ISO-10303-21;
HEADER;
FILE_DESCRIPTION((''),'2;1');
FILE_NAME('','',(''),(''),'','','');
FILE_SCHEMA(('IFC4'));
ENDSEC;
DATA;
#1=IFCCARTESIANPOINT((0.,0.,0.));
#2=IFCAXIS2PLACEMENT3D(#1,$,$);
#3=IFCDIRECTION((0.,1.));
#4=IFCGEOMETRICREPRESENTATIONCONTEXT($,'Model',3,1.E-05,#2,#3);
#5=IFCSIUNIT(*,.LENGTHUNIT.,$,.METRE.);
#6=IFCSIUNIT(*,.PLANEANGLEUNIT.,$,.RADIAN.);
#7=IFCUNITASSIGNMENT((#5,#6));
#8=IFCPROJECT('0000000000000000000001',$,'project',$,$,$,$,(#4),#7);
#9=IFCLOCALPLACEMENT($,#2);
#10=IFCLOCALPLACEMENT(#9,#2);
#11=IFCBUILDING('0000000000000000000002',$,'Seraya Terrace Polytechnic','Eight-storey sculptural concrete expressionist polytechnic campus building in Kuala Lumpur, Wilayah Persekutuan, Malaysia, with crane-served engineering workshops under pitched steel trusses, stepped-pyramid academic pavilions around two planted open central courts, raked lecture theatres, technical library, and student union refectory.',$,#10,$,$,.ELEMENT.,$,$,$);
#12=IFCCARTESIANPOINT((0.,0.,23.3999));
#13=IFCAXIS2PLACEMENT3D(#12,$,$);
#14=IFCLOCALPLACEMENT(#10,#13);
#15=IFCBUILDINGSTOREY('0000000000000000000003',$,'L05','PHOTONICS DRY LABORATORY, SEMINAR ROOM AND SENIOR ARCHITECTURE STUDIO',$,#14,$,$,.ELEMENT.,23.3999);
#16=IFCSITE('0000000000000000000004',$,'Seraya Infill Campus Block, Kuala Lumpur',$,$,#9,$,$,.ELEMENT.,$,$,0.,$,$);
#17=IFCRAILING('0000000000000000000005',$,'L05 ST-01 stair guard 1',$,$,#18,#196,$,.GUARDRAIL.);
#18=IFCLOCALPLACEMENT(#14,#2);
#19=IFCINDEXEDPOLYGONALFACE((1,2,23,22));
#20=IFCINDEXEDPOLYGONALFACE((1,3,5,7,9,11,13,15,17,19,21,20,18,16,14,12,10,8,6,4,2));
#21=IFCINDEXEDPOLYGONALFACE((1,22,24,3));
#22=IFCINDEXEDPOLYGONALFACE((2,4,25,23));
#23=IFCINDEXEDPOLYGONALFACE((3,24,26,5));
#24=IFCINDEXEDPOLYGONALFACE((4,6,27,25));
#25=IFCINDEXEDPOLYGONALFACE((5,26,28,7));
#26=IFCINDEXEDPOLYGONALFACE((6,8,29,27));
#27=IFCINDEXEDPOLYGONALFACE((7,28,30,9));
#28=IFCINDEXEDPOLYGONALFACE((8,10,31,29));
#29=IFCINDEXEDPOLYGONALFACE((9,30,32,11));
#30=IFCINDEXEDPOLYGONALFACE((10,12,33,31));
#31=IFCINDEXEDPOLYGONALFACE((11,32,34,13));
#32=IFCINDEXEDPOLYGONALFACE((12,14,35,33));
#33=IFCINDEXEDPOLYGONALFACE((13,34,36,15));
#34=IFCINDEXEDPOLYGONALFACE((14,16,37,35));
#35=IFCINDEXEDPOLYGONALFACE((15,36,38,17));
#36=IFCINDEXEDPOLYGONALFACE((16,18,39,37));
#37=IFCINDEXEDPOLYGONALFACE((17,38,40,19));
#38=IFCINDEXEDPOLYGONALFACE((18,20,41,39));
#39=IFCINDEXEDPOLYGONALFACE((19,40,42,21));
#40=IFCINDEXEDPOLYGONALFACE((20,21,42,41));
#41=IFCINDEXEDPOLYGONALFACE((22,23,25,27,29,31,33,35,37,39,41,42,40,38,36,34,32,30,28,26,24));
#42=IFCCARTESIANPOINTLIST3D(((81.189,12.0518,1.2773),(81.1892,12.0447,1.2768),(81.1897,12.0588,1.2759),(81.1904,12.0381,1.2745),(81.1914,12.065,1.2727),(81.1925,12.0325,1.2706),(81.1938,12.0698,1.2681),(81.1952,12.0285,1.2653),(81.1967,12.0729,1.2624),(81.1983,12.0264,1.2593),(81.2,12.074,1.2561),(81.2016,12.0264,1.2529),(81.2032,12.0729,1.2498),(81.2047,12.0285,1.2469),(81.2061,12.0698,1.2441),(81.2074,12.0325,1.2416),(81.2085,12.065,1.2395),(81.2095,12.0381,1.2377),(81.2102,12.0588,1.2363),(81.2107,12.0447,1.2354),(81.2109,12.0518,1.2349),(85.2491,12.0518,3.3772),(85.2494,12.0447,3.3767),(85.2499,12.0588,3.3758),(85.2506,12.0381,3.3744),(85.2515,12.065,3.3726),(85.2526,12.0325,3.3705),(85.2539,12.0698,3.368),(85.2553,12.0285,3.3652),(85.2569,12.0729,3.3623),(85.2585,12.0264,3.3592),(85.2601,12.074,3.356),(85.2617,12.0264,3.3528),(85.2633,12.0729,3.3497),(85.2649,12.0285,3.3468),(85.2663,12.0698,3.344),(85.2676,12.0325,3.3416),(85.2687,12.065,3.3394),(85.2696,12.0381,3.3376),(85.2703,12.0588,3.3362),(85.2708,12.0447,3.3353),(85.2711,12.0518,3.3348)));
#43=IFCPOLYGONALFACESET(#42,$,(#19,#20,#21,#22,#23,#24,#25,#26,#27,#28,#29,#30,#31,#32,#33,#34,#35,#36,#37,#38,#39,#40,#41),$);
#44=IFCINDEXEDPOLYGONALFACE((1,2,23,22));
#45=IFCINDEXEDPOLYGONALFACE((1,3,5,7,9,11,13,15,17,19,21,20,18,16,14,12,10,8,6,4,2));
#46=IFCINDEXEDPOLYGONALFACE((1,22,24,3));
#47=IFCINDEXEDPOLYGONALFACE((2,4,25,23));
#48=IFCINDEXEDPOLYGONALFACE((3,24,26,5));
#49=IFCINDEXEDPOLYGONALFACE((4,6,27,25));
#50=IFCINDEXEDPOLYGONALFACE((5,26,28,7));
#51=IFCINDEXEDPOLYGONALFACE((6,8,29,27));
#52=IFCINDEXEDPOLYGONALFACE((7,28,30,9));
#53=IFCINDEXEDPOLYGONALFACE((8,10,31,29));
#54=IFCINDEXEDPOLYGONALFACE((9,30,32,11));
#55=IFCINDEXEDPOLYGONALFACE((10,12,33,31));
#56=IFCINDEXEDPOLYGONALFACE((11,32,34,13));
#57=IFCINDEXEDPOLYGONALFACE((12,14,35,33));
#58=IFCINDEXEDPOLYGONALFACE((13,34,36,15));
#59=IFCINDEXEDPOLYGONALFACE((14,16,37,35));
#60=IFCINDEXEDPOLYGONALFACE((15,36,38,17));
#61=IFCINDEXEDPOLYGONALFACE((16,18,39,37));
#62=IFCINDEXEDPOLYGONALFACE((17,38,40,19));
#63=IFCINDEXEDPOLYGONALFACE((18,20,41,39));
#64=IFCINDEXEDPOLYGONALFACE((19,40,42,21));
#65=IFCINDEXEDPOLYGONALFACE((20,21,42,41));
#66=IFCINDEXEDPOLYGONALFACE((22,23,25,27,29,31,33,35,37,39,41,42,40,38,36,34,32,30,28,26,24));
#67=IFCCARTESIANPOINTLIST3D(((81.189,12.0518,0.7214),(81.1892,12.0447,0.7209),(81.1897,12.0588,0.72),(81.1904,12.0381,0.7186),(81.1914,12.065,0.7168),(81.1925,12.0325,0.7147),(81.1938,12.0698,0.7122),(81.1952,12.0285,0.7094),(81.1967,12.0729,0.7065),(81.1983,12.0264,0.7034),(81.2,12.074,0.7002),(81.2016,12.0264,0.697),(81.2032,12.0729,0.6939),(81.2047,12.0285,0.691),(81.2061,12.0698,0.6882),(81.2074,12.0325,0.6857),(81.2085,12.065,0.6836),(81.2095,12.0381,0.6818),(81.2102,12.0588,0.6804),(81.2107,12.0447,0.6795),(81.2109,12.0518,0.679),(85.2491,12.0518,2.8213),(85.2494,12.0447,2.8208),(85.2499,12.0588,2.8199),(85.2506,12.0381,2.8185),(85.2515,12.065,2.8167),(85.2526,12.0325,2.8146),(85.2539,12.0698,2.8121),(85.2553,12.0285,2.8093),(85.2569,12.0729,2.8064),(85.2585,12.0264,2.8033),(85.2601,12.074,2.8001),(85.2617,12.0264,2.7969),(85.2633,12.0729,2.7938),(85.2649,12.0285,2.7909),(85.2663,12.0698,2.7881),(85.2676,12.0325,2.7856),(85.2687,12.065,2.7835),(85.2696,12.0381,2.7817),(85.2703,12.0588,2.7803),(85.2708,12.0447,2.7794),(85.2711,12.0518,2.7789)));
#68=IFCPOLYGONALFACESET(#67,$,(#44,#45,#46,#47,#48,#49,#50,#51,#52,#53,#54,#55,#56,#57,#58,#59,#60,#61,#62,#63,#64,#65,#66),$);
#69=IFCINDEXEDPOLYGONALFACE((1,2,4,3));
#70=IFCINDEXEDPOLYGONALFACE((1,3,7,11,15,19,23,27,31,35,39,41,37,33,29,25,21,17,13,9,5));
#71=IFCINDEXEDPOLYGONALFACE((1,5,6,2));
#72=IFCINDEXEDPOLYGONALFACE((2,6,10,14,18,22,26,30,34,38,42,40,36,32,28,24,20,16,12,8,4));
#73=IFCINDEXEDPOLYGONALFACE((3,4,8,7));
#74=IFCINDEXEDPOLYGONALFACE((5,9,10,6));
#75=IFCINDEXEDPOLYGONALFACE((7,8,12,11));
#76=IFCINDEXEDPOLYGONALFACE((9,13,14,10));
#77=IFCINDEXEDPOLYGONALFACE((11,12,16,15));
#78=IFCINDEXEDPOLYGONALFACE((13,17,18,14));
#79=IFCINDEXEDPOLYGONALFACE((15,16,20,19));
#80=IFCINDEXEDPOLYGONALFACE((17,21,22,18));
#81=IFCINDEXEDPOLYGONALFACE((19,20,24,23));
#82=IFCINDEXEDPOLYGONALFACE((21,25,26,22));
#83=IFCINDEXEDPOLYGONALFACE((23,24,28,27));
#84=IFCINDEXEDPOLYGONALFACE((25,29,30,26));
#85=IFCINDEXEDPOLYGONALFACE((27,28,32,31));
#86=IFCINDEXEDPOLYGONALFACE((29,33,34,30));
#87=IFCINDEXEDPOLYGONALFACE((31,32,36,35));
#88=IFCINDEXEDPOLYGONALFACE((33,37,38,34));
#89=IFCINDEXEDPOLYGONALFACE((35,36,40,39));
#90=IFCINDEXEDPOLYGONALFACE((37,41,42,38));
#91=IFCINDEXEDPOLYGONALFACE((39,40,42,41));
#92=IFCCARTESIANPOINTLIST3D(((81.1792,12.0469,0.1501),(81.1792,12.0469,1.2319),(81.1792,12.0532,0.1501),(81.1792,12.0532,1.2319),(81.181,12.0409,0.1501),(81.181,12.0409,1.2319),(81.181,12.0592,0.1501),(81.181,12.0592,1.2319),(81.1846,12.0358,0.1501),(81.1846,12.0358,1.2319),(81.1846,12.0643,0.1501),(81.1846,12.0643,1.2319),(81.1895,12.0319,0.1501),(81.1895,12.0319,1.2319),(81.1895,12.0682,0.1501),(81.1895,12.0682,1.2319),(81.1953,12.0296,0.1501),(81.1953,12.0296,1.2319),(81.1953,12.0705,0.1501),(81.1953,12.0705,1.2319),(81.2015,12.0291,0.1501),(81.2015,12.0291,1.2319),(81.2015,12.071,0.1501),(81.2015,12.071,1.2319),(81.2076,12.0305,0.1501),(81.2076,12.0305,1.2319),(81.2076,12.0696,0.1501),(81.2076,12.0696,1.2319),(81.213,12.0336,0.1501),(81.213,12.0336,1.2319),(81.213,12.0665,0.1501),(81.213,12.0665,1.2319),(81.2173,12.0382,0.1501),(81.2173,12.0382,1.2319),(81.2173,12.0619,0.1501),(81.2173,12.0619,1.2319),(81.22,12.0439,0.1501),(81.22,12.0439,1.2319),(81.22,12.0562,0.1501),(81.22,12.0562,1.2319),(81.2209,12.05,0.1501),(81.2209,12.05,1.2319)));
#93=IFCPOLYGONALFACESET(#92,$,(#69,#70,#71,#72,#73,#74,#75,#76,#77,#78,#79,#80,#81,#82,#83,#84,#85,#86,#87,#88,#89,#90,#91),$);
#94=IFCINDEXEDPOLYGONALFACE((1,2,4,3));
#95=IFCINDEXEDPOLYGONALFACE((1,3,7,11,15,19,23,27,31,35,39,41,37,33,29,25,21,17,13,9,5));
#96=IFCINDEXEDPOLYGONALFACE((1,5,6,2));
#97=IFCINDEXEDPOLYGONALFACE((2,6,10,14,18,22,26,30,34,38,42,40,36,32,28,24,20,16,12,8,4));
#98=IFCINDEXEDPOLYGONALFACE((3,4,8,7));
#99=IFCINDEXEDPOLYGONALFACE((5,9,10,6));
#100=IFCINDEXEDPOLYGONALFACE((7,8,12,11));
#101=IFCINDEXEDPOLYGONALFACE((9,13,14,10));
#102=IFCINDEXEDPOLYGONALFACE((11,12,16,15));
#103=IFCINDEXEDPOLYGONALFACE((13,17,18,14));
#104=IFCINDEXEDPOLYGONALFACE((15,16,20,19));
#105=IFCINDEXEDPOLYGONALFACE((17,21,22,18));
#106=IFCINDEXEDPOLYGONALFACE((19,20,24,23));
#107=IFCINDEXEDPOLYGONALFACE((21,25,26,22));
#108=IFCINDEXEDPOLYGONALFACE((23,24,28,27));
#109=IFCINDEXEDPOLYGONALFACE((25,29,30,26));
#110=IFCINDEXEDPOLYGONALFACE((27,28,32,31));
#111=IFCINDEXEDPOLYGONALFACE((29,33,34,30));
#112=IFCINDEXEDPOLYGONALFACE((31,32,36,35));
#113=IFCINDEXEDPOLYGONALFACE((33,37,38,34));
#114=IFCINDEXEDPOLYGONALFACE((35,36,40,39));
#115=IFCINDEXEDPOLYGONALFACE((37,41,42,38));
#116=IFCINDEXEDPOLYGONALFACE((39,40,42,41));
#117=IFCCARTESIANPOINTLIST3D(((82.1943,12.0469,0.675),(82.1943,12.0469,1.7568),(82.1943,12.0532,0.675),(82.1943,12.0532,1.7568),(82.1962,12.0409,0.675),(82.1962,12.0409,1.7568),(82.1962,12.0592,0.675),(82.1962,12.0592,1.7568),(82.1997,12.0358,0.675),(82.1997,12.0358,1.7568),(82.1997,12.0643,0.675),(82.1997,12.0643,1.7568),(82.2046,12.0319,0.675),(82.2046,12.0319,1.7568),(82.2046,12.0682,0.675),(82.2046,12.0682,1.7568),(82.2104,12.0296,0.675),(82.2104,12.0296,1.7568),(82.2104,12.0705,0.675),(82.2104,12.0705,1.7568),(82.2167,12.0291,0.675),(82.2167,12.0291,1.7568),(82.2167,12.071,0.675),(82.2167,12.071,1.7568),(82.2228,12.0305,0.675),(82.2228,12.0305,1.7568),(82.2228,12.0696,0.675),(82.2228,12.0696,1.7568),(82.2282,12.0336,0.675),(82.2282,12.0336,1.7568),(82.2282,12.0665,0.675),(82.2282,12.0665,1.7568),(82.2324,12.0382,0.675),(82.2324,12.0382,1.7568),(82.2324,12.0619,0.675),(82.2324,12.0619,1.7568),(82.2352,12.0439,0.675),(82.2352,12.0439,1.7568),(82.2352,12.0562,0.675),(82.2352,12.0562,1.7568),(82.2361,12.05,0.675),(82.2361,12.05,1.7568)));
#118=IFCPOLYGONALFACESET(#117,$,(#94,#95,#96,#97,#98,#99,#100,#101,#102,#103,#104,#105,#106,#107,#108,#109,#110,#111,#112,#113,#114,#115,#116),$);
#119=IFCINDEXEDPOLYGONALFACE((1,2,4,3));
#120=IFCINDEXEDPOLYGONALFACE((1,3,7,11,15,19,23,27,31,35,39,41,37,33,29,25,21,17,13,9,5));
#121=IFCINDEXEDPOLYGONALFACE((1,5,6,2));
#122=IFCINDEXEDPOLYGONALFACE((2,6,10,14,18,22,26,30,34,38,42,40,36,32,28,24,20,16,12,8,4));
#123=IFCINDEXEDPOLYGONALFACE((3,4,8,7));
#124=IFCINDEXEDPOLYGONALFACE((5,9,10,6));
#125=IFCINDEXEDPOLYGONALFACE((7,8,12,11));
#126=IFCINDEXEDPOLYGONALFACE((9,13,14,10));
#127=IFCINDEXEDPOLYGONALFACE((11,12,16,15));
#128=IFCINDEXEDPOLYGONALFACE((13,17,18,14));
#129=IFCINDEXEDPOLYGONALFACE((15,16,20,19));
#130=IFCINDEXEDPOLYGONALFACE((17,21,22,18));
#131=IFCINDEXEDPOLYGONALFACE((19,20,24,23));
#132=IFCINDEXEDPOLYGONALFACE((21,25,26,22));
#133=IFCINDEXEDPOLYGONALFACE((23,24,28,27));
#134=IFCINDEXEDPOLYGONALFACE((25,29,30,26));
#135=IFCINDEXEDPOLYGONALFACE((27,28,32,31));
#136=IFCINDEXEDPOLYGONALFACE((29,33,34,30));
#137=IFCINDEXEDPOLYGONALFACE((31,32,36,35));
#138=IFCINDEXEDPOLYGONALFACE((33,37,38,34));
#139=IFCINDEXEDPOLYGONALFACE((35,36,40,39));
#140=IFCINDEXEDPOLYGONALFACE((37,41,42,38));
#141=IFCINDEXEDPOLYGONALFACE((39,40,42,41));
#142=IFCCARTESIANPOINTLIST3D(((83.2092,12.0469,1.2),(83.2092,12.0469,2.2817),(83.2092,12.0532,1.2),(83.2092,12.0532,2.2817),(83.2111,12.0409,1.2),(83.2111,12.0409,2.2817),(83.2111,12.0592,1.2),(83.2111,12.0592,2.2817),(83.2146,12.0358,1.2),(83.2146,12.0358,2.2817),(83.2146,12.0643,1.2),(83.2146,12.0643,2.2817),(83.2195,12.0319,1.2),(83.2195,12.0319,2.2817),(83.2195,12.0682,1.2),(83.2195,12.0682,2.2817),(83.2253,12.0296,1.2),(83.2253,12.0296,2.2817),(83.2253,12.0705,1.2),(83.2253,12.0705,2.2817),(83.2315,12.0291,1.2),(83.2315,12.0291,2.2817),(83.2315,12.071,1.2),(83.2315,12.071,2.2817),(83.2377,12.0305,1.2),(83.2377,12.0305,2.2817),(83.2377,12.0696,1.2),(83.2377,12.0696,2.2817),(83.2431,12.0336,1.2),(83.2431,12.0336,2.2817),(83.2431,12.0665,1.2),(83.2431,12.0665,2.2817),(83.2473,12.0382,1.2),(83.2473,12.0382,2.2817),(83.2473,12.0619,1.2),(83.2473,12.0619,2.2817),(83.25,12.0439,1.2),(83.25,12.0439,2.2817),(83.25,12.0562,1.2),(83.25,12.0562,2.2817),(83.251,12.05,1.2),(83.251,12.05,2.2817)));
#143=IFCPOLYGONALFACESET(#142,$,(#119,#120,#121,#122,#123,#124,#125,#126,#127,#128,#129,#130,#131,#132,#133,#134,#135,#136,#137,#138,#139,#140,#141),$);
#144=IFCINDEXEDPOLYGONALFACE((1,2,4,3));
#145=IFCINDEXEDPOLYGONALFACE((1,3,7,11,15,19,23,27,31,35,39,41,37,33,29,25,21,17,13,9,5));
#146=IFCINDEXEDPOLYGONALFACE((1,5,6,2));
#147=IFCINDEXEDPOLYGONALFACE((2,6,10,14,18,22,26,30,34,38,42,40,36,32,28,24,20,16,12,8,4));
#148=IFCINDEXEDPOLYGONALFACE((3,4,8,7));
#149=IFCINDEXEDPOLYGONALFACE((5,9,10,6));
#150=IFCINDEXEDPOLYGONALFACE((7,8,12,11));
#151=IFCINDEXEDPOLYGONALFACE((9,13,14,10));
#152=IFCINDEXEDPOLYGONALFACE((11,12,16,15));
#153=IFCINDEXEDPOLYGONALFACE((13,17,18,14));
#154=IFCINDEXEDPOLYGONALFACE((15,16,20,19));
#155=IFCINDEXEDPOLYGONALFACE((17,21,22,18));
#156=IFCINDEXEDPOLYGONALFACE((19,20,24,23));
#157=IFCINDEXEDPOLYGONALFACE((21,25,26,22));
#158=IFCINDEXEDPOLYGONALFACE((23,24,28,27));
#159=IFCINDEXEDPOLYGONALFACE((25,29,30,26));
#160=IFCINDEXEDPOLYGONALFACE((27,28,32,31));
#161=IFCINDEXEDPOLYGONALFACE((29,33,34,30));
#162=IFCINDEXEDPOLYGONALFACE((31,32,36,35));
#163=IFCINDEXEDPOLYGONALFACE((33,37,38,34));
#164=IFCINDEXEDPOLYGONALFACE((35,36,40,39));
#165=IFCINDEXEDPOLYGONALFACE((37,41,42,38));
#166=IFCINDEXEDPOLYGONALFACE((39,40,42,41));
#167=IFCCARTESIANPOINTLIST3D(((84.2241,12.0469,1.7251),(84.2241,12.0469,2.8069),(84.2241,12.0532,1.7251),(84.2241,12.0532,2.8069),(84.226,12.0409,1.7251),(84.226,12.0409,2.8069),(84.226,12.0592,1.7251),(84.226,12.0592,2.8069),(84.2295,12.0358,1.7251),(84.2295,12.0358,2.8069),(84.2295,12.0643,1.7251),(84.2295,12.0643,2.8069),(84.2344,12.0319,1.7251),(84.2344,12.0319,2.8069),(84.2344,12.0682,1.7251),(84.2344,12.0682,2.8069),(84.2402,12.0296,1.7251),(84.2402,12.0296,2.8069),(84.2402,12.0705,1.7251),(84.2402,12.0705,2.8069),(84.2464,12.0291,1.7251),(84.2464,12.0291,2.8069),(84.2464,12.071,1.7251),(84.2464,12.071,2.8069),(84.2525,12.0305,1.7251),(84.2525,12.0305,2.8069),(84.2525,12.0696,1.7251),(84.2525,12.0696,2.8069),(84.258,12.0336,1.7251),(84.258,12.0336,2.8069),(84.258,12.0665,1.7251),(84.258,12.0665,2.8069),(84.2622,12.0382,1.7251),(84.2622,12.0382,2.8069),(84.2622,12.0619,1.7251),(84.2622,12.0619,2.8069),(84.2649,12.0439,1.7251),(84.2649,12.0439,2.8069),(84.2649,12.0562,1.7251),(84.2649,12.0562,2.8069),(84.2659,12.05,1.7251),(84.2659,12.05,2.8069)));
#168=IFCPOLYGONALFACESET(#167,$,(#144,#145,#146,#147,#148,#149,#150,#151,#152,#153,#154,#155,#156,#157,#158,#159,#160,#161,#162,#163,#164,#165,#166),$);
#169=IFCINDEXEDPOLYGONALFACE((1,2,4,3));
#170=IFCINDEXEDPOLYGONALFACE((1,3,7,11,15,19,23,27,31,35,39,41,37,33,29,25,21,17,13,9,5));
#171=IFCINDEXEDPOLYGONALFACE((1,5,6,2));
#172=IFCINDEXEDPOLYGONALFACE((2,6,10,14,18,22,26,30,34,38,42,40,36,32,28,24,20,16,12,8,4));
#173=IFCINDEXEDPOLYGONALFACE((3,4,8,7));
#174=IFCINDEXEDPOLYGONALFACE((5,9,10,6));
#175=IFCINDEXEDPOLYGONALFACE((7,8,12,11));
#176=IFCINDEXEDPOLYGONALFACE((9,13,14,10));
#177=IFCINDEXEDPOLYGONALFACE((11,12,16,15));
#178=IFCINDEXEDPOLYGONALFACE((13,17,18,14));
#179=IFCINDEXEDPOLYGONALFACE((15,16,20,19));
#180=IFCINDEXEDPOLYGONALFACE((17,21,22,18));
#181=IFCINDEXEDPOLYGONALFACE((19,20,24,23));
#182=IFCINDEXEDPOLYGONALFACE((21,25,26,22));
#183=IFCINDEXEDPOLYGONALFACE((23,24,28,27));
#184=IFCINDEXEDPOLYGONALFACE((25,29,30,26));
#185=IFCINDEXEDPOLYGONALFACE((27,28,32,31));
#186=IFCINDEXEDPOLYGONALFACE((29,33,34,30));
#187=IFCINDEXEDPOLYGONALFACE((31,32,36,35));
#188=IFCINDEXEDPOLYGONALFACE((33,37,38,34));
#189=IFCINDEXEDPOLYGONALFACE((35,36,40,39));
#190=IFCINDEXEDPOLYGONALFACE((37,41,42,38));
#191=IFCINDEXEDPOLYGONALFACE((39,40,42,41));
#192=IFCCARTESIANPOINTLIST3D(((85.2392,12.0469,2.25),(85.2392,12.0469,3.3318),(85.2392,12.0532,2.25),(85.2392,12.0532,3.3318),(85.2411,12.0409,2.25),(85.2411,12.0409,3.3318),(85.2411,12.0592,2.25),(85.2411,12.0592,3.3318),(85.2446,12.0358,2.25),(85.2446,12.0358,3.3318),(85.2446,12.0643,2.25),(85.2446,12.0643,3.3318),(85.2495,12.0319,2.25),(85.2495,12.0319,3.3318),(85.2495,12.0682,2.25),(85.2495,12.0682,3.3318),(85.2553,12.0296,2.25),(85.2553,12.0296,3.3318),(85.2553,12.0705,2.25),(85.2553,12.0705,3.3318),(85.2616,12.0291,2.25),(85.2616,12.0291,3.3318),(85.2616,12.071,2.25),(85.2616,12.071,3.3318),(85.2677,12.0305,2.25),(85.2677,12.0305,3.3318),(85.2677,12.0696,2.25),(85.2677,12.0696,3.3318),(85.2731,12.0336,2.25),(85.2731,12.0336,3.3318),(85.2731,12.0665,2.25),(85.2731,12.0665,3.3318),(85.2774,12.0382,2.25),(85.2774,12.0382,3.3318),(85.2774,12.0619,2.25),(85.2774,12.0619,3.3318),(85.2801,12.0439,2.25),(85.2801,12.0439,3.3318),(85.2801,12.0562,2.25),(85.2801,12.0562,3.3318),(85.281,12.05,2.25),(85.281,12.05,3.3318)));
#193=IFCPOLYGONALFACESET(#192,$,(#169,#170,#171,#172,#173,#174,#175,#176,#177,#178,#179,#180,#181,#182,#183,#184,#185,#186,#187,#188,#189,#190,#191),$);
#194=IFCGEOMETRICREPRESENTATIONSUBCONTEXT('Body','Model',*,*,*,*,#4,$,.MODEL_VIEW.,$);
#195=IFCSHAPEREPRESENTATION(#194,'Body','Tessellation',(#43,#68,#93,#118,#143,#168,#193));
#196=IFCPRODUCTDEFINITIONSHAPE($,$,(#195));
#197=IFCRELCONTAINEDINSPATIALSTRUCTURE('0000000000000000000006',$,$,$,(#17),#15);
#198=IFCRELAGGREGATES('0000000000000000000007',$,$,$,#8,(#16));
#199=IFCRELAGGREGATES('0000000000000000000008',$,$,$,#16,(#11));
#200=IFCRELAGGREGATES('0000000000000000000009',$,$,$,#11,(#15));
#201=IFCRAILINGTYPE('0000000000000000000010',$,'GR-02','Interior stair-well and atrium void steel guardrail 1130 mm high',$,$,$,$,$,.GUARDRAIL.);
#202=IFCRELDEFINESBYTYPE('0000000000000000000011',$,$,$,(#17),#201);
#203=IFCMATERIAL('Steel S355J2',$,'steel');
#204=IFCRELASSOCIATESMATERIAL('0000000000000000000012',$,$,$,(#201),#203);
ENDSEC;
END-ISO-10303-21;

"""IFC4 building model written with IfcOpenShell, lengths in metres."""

from ifc_helpers import new_model, si_unit, direction, frame, origin, origin_2d, place, context, subcontext, project, spatial, circle, extrude, material, type_object, element, save


model = new_model("IFC4")

# Units and contexts
model_context = context("Model", 3, precision=1e-05, world=origin(), true_north=direction((0.0, 1.0)))
body_context = subcontext(model_context, "Body", "Model", "MODEL_VIEW")
ifc_project = project(units=[si_unit("LENGTHUNIT", "METRE"), si_unit("PLANEANGLEUNIT", "RADIAN")], contexts=[model_context])

# Site, building, storey
site_placement = place(None, origin())
site = spatial("IfcSite", under=ifc_project, at=site_placement, Name="Seraya Infill Campus Block, Kuala Lumpur", CompositionType="ELEMENT", RefElevation=0.0)
building_placement = place(site_placement, origin())
building = spatial("IfcBuilding", under=site, at=building_placement, Name="Seraya Terrace Polytechnic", Description="Eight-storey sculptural concrete expressionist polytechnic campus building in Kuala Lumpur, Wilayah Persekutuan, Malaysia, with crane-served engineering workshops under pitched steel trusses, stepped-pyramid academic pavilions around two planted open central courts, raked lecture theatres, technical library, and student union refectory.", CompositionType="ELEMENT")
storey_placement = place(building_placement, frame((0.0, 0.0, 23.3999)))
storey = spatial("IfcBuildingStorey", under=building, at=storey_placement, Name="L05", Description="PHOTONICS DRY LABORATORY, SEMINAR ROOM AND SENIOR ARCHITECTURE STUDIO", CompositionType="ELEMENT", Elevation=23.3999)

# Railing
ifc_material_1 = material(Name="Steel S355J2", Category="steel")
railing_type_1 = type_object("IfcRailingType", Name="GR-02", Description="Interior stair-well and atrium void steel guardrail 1130 mm high", PredefinedType="GUARDRAIL", material=ifc_material_1)
railing_1_placement = place(storey_placement, frame((81.2, 12.05, 0.1501)))
element("IfcRailing", 1, at=railing_1_placement, inside=storey, type_object=railing_type_1, Name="L05 ST-01 stair guard 1", PredefinedType="GUARDRAIL", context=body_context, shape_type="SweptSolid", body=[
    extrude(circle(Radius=0.0239, at=origin_2d()), frame((0.0, 0.0, 1.106), z_axis=(0.888233, 0.0, 0.459392), x_axis=(0.0, 1.0, 0.0)), (0.0, 0.0, 1.0), 4.571),
    extrude(circle(Radius=0.0239, at=origin_2d()), frame((0.0, 0.0, 0.55), z_axis=(0.888233, 0.0, 0.459392), x_axis=(0.0, 1.0, 0.0)), (0.0, 0.0, 1.0), 4.571),
    extrude(circle(Radius=0.021, at=origin_2d()), origin(), (0.0, 0.0, 1.0), 1.0818),
    extrude(circle(Radius=0.021, at=origin_2d()), frame((1.0151, 0.0, 0.5249)), (0.0, 0.0, 1.0), 1.0818),
    extrude(circle(Radius=0.021, at=origin_2d()), frame((2.03, 0.0, 1.0498)), (0.0, 0.0, 1.0), 1.0818),
    extrude(circle(Radius=0.021, at=origin_2d()), frame((3.0449, 0.0, 1.575)), (0.0, 0.0, 1.0), 1.0818),
    extrude(circle(Radius=0.021, at=origin_2d()), frame((4.0601, 0.0, 2.0999)), (0.0, 0.0, 1.0), 1.0818),
])

save(model, "model.ifc")
